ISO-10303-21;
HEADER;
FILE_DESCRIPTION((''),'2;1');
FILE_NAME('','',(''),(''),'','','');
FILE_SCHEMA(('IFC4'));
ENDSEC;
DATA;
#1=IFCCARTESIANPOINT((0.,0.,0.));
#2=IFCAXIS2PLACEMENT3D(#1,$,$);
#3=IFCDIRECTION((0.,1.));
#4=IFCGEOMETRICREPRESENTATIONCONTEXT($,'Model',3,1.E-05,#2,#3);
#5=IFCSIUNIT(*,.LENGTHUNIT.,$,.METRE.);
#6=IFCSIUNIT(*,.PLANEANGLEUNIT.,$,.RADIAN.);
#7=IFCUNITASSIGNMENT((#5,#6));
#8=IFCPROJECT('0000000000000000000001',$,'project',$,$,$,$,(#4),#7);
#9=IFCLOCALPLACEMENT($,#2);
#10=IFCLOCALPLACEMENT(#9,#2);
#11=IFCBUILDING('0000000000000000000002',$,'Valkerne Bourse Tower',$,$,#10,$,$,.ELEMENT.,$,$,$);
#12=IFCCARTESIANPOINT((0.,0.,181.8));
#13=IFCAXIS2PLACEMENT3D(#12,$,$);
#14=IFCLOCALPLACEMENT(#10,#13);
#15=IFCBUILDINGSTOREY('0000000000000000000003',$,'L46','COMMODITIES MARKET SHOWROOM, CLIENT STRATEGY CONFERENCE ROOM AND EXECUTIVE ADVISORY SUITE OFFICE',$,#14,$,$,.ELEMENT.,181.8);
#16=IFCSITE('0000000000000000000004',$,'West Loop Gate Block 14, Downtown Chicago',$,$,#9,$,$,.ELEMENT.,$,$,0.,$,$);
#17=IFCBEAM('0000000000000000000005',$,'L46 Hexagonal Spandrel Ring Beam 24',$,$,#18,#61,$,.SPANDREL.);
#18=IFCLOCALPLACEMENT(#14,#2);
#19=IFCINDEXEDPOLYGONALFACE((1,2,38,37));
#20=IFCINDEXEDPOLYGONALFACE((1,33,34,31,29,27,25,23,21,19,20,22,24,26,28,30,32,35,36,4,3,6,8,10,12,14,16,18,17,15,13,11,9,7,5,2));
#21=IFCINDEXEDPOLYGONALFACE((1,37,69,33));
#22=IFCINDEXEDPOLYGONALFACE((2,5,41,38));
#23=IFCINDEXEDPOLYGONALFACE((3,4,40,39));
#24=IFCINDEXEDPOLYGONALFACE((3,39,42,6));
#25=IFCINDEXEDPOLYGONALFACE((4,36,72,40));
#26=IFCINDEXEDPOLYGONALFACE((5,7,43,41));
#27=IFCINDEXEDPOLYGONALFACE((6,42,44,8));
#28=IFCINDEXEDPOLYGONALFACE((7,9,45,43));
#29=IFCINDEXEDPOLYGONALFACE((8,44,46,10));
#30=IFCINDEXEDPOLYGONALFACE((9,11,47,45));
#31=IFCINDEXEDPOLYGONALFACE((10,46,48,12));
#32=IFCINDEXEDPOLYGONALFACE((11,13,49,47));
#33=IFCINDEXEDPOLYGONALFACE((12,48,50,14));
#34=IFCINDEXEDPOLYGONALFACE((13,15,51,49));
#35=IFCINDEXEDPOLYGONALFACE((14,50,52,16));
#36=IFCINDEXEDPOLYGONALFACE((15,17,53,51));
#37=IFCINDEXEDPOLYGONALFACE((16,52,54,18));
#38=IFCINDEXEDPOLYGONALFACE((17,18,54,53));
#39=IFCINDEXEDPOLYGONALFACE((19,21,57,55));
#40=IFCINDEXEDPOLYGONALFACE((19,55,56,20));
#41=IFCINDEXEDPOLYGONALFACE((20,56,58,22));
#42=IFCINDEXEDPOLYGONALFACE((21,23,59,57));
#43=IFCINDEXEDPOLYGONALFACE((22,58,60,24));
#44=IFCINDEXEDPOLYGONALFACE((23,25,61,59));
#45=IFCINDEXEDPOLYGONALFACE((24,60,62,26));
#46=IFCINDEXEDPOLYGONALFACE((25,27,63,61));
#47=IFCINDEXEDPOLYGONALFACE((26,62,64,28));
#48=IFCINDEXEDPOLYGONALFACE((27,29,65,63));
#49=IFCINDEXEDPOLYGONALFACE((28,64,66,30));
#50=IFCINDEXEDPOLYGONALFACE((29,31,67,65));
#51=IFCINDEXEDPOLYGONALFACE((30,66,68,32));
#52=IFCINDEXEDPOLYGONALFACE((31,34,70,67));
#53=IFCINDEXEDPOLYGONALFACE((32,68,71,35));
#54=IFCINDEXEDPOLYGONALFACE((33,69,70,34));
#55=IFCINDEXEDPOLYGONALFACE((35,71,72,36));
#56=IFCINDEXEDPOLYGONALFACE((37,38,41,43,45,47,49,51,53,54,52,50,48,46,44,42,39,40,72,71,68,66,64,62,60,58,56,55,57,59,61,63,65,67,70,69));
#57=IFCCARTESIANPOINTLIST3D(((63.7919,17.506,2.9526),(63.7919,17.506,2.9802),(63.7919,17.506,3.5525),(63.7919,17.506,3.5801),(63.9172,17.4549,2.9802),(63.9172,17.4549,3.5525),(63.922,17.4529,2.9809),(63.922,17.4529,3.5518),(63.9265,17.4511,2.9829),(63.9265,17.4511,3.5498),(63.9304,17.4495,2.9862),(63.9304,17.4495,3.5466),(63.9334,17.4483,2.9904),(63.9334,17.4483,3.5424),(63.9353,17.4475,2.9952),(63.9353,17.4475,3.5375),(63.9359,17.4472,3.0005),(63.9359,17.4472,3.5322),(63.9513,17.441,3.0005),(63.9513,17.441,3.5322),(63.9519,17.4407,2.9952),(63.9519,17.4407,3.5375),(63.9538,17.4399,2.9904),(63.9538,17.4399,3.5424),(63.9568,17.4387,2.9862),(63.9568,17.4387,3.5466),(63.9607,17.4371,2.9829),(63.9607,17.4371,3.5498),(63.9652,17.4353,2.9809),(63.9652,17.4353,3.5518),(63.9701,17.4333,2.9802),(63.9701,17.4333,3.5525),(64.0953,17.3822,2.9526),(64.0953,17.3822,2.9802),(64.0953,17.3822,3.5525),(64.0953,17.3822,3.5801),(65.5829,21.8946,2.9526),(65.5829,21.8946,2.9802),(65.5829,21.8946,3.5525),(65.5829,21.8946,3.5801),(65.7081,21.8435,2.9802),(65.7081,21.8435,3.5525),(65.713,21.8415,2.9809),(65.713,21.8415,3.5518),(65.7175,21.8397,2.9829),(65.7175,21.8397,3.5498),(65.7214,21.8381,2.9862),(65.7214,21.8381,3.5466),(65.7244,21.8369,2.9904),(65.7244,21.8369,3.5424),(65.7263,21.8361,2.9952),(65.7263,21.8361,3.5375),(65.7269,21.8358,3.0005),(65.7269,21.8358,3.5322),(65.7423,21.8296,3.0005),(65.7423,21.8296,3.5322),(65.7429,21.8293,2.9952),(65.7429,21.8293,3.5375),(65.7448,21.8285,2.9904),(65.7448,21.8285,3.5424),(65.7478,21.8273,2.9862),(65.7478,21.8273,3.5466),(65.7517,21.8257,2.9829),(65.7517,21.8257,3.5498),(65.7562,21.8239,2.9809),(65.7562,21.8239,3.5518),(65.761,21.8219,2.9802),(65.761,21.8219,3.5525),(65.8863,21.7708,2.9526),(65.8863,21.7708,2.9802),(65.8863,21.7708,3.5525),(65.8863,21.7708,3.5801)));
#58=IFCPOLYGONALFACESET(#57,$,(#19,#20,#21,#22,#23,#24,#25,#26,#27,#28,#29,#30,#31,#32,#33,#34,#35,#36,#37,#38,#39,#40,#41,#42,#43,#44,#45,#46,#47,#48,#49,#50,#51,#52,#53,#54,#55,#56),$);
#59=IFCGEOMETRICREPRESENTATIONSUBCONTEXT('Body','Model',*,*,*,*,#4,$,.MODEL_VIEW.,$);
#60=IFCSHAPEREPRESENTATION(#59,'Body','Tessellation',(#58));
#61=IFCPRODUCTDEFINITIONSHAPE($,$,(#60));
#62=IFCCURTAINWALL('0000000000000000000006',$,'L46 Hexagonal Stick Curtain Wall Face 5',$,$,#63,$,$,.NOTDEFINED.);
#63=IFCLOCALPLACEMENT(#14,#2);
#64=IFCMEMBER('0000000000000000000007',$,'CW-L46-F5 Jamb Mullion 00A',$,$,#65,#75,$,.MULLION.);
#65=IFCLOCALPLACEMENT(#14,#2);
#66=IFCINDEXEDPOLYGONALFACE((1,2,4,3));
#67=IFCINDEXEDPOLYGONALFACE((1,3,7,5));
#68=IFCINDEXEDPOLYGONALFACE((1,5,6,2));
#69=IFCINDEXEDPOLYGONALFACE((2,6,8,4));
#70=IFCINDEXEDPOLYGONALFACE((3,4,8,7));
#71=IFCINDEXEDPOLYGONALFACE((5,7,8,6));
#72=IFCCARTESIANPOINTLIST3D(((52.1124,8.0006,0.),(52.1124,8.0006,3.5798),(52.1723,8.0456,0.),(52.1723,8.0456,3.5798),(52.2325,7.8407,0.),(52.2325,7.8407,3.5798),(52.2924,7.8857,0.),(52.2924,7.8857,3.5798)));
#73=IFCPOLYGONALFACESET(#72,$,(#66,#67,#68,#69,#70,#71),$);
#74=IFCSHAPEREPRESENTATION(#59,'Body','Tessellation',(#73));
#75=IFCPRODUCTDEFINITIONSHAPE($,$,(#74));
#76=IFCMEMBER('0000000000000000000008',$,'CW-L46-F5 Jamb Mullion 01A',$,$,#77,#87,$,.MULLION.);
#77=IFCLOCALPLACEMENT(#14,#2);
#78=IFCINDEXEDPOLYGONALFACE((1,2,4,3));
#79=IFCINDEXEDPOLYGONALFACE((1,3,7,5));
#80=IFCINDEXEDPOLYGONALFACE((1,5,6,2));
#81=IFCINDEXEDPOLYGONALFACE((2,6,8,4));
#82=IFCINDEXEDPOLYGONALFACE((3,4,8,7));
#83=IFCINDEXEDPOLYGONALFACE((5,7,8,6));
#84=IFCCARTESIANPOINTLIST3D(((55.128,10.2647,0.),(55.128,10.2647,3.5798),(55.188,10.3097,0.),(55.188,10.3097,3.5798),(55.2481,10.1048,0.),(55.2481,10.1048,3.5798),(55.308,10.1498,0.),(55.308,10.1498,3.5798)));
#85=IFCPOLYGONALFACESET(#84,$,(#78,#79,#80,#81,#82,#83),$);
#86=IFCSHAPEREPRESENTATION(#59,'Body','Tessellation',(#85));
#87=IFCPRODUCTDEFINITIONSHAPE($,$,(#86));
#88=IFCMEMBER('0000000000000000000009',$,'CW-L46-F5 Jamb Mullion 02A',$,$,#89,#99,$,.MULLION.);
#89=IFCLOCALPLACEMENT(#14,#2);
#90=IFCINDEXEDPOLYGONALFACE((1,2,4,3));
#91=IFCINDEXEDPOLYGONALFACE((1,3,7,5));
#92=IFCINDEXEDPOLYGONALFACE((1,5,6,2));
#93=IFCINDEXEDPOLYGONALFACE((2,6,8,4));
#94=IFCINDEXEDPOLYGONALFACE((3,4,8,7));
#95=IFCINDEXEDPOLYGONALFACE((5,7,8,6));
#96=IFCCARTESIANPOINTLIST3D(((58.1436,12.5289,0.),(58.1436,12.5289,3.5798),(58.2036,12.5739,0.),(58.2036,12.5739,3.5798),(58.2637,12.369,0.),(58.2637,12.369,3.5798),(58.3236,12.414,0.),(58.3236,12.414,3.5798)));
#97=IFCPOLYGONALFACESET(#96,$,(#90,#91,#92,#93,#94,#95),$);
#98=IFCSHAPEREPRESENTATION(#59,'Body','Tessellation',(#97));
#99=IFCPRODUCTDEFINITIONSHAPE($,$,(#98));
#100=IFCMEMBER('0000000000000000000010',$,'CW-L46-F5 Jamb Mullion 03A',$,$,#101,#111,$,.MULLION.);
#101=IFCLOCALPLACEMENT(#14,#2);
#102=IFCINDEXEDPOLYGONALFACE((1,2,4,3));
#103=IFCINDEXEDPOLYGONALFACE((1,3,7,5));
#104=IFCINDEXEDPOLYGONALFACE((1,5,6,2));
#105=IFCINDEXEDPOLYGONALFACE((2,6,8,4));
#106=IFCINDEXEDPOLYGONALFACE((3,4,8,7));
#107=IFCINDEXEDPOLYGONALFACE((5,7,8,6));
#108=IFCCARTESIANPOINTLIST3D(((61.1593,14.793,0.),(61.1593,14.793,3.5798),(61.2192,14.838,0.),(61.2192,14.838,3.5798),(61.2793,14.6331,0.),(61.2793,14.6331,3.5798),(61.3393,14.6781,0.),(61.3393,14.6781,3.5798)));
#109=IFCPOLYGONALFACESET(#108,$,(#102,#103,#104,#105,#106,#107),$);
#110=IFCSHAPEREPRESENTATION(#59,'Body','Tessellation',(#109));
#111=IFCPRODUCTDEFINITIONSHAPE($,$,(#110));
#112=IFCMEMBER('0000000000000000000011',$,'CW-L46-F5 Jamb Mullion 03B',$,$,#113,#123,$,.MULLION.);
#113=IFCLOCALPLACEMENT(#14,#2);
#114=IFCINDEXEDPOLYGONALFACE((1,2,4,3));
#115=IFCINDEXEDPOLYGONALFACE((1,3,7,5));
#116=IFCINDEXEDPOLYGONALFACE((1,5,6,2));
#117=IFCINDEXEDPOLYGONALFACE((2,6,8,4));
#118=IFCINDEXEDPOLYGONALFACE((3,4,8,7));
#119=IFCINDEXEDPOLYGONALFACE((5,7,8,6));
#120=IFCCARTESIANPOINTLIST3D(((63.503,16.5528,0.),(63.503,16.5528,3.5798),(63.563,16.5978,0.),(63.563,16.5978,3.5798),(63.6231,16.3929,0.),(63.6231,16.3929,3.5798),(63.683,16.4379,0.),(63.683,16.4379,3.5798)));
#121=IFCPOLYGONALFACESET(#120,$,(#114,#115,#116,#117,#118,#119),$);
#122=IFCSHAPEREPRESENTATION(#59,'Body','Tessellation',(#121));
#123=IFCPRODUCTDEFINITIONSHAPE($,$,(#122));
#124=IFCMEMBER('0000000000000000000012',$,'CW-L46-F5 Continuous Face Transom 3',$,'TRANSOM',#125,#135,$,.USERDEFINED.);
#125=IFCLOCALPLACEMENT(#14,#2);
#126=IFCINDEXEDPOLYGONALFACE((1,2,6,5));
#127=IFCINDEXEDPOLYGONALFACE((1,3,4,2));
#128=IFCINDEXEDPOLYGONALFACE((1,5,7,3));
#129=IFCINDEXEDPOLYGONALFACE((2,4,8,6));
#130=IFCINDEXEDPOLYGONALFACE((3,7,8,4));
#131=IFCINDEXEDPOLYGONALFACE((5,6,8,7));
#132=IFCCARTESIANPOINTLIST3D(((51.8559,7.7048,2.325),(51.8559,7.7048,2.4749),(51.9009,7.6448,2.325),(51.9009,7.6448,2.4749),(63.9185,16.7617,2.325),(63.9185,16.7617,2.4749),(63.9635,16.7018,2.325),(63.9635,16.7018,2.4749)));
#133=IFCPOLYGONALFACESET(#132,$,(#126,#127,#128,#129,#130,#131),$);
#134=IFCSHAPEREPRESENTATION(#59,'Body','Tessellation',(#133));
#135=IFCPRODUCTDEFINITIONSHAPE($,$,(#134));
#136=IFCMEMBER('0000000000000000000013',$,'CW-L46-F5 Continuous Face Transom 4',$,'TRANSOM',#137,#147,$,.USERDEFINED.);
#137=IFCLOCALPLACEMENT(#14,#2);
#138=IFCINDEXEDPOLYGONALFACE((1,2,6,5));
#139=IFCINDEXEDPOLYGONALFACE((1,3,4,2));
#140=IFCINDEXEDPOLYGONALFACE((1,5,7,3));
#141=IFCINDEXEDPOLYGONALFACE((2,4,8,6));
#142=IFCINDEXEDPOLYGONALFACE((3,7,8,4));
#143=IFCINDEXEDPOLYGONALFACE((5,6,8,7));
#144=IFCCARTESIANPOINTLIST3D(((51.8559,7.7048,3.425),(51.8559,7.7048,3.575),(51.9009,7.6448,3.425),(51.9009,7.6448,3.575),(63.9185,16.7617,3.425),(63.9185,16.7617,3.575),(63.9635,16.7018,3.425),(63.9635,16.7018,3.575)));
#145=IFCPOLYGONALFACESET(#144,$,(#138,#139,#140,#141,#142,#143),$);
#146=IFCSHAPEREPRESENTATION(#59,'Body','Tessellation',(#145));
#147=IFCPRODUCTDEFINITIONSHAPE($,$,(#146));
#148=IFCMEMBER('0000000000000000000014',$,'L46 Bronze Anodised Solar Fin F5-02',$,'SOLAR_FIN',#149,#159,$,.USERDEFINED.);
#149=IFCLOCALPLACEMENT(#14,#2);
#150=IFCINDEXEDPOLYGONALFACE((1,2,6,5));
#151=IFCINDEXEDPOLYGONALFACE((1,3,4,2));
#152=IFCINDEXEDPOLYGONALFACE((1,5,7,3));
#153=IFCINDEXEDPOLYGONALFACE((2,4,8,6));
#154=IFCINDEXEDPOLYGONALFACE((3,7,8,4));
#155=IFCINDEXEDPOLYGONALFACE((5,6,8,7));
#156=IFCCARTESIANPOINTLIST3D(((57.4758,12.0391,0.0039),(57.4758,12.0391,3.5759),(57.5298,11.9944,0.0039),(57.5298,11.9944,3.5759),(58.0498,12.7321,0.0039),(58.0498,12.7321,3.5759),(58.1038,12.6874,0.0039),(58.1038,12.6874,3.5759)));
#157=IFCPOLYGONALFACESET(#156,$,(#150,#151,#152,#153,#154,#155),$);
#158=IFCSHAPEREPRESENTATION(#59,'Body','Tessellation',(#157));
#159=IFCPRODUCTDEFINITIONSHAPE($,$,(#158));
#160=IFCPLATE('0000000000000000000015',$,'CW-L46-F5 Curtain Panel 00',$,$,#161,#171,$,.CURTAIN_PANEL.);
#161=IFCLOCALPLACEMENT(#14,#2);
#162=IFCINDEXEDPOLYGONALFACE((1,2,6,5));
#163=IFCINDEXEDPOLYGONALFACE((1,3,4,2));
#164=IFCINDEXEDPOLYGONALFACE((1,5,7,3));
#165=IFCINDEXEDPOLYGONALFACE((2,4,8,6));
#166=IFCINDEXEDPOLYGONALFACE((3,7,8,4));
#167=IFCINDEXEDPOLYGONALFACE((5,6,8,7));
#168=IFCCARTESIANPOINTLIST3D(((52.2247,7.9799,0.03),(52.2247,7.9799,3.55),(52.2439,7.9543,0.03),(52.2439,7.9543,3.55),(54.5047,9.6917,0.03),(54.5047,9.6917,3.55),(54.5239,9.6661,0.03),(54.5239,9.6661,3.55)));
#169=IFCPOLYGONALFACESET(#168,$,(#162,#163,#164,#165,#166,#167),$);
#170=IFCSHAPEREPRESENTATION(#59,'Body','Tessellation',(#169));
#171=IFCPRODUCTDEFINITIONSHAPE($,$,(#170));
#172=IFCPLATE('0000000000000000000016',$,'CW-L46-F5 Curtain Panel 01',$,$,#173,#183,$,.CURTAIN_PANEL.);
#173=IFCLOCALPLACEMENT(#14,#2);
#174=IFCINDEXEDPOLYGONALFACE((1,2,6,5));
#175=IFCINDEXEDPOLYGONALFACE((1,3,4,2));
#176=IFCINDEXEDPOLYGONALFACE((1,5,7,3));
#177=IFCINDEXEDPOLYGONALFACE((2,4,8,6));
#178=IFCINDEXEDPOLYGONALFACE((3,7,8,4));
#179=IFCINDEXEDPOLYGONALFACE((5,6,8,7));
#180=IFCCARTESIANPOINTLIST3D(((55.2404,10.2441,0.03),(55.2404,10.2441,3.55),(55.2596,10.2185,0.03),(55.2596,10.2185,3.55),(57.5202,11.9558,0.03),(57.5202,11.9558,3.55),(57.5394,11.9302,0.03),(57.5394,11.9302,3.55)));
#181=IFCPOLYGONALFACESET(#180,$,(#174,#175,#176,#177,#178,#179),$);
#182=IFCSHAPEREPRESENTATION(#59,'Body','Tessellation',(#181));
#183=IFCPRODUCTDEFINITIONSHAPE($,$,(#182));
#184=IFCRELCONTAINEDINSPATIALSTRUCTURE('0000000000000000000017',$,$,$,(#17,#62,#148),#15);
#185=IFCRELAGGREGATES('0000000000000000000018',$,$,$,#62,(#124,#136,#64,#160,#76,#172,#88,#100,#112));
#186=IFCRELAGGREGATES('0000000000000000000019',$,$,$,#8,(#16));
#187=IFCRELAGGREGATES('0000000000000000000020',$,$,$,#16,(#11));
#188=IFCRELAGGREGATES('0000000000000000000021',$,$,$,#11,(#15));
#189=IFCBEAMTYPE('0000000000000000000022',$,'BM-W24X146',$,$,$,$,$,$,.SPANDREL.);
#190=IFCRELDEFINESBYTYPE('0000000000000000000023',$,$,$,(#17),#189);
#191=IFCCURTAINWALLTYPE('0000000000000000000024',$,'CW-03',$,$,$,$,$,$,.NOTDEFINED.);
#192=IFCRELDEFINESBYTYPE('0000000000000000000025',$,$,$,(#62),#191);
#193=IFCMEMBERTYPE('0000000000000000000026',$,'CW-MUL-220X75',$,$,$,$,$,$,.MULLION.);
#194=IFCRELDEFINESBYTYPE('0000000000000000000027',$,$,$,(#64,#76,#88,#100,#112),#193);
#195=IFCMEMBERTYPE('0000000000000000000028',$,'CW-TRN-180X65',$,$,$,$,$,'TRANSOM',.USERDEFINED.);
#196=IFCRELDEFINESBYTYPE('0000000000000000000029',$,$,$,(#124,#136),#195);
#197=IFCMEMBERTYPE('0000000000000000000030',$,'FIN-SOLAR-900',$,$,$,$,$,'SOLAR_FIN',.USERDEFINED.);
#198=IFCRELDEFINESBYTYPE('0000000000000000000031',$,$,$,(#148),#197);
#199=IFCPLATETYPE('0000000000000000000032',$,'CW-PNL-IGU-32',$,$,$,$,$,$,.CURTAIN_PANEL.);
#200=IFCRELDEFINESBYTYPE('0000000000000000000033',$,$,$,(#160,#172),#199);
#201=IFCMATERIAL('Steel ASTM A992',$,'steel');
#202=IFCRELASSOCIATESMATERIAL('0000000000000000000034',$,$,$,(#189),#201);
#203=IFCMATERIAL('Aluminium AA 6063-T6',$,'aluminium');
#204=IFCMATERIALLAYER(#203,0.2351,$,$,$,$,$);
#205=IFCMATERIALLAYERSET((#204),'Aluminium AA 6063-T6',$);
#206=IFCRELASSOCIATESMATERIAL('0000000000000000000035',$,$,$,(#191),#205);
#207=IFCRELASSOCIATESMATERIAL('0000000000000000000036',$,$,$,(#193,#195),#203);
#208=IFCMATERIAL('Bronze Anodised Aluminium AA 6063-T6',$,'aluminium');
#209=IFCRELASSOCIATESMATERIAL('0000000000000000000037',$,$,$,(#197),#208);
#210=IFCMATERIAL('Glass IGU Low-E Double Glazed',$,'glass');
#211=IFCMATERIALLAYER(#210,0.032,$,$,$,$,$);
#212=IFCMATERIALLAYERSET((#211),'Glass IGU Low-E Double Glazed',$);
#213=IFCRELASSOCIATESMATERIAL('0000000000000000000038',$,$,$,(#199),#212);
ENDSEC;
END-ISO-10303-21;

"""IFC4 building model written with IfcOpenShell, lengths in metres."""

from ifc_helpers import new_model, si_unit, direction, frame, origin, origin_2d, place, context, subcontext, project, spatial, rectangle, i_section, extrude, material, layer, layer_set, material_profile, profile_set, type_object, element, aggregate, save


model = new_model("IFC4")

# Units and contexts
model_context = context("Model", 3, precision=1e-05, world=origin(), true_north=direction((0.0, 1.0)))
body_context = subcontext(model_context, "Body", "Model", "MODEL_VIEW")
ifc_project = project(units=[si_unit("LENGTHUNIT", "METRE"), si_unit("PLANEANGLEUNIT", "RADIAN")], contexts=[model_context])

# Site, building, storey
site_placement = place(None, origin())
site = spatial("IfcSite", under=ifc_project, at=site_placement, Name="West Loop Gate Block 14, Downtown Chicago", CompositionType="ELEMENT", RefElevation=0.0)
building_placement = place(site_placement, origin())
building = spatial("IfcBuilding", under=site, at=building_placement, Name="Valkerne Bourse Tower", CompositionType="ELEMENT")
storey_placement = place(building_placement, frame((0.0, 0.0, 181.8)))
storey = spatial("IfcBuildingStorey", under=building, at=storey_placement, Name="L46", Description="COMMODITIES MARKET SHOWROOM, CLIENT STRATEGY CONFERENCE ROOM AND EXECUTIVE ADVISORY SUITE OFFICE", CompositionType="ELEMENT", Elevation=181.8)

# Beam
ifc_material_1 = material(Name="Steel ASTM A992", Category="steel")
ifc_material_profile_1 = material_profile(ifc_material_1, i_section(OverallWidth=0.3276, OverallDepth=0.6274, WebThickness=0.0166, FlangeThickness=0.0276, FilletRadius=0.0203, at=origin_2d()), Name="W24X146")
ifc_profile_set_1 = profile_set([ifc_material_profile_1], Name="Steel ASTM A992")
beam_type = type_object("IfcBeamType", Name="BM-W24X146", PredefinedType="SPANDREL", material=ifc_profile_set_1)
beam_1_placement = place(storey_placement, frame((63.9436, 17.4441, 3.2664), z_axis=(0.377847, 0.925868, 0.0), x_axis=(-0.925868, 0.377847, 0.0)))
element("IfcBeam", 1, at=beam_1_placement, inside=storey, type_object=beam_type, Name="L46 Hexagonal Spandrel Ring Beam 24", PredefinedType="SPANDREL", context=body_context, shape_type="SweptSolid", body=[
    extrude(i_section(OverallWidth=0.3276, OverallDepth=0.6274, WebThickness=0.0166, FlangeThickness=0.0276, FilletRadius=0.0203, at=origin_2d()), origin(), (0.0, 0.0, 1.0), 4.74),
])

# Curtain wall, members
ifc_material_2 = material(Name="Aluminium AA 6063-T6", Category="aluminium")
ifc_layer_1 = layer(ifc_material_2, 0.2351)
ifc_layer_set_1 = layer_set([ifc_layer_1], Name="Aluminium AA 6063-T6")
curtain_wall_type = type_object("IfcCurtainWallType", Name="CW-03", PredefinedType="NOTDEFINED", material=ifc_layer_set_1)
curtain_wall_placement = place(storey_placement, origin())
curtain_wall = element("IfcCurtainWall", 2, at=curtain_wall_placement, inside=storey, type_object=curtain_wall_type, Name="L46 Hexagonal Stick Curtain Wall Face 5", PredefinedType="NOTDEFINED")
ifc_material_profile_2 = material_profile(ifc_material_2, rectangle(XDim=0.075, YDim=0.2, at=origin_2d()), Name="CWM-75X200")
ifc_profile_set_2 = profile_set([ifc_material_profile_2], Name="Aluminium AA 6063-T6")
member_type_1 = type_object("IfcMemberType", Name="CW-MUL-220X75", PredefinedType="MULLION", material=ifc_profile_set_2)
member_1_placement = place(storey_placement, frame((52.2024, 7.9431, 0.0), z_axis=(0.0, 0.0, 1.0), x_axis=(0.799691, 0.600411, 0.0)))
member_1 = element("IfcMember", 3, at=member_1_placement, type_object=member_type_1, Name="CW-L46-F5 Jamb Mullion 00A", PredefinedType="MULLION", context=body_context, shape_type="SweptSolid", body=[
    extrude(rectangle(XDim=0.075, YDim=0.2, at=origin_2d()), origin(), (0.0, 0.0, 1.0), 3.5798),
])
member_2_placement = place(storey_placement, frame((55.218, 10.2073, 0.0), z_axis=(0.0, 0.0, 1.0), x_axis=(0.799694, 0.600407, 0.0)))
member_2 = element("IfcMember", 4, at=member_2_placement, type_object=member_type_1, Name="CW-L46-F5 Jamb Mullion 01A", PredefinedType="MULLION", context=body_context, shape_type="SweptSolid", body=[
    extrude(rectangle(XDim=0.075, YDim=0.2, at=origin_2d()), origin(), (0.0, 0.0, 1.0), 3.5798),
])
member_3_placement = place(storey_placement, frame((58.2336, 12.4714, 0.0), z_axis=(0.0, 0.0, 1.0), x_axis=(0.799682, 0.600424, 0.0)))
member_3 = element("IfcMember", 5, at=member_3_placement, type_object=member_type_1, Name="CW-L46-F5 Jamb Mullion 02A", PredefinedType="MULLION", context=body_context, shape_type="SweptSolid", body=[
    extrude(rectangle(XDim=0.075, YDim=0.2, at=origin_2d()), origin(), (0.0, 0.0, 1.0), 3.5798),
])
member_4_placement = place(storey_placement, frame((61.2493, 14.7356, 0.0), z_axis=(0.0, 0.0, 1.0), x_axis=(0.799682, 0.600424, 0.0)))
member_4 = element("IfcMember", 6, at=member_4_placement, type_object=member_type_1, Name="CW-L46-F5 Jamb Mullion 03A", PredefinedType="MULLION", context=body_context, shape_type="SweptSolid", body=[
    extrude(rectangle(XDim=0.075, YDim=0.2, at=origin_2d()), origin(), (0.0, 0.0, 1.0), 3.5798),
])
member_5_placement = place(storey_placement, frame((63.593, 16.4954, 0.0), z_axis=(0.0, 0.0, 1.0), x_axis=(0.799682, 0.600424, 0.0)))
member_5 = element("IfcMember", 7, at=member_5_placement, type_object=member_type_1, Name="CW-L46-F5 Jamb Mullion 03B", PredefinedType="MULLION", context=body_context, shape_type="SweptSolid", body=[
    extrude(rectangle(XDim=0.075, YDim=0.2, at=origin_2d()), origin(), (0.0, 0.0, 1.0), 3.5798),
])
ifc_material_profile_3 = material_profile(ifc_material_2, rectangle(XDim=0.075, YDim=0.1499, at=origin_2d()), Name="CWT-75X150")
ifc_profile_set_3 = profile_set([ifc_material_profile_3], Name="Aluminium AA 6063-T6")
member_type_2 = type_object("IfcMemberType", Name="CW-TRN-180X65", ElementType="TRANSOM", PredefinedType="USERDEFINED", material=ifc_profile_set_3)
member_6_placement = place(storey_placement, frame((51.8784, 7.6748, 2.3999), z_axis=(0.799681, 0.600425, 0.0), x_axis=(-0.600425, 0.799681, 0.0)))
member_6 = element("IfcMember", 8, at=member_6_placement, type_object=member_type_2, Name="CW-L46-F5 Continuous Face Transom 3", ObjectType="TRANSOM", PredefinedType="USERDEFINED", context=body_context, shape_type="SweptSolid", body=[
    extrude(rectangle(XDim=0.075, YDim=0.1499, at=origin_2d()), origin(), (0.0, 0.0, 1.0), 15.0842),
])
member_7_placement = place(storey_placement, frame((51.8784, 7.6748, 3.5), z_axis=(0.799681, 0.600425, 0.0), x_axis=(-0.600425, 0.799681, 0.0)))
member_7 = element("IfcMember", 9, at=member_7_placement, type_object=member_type_2, Name="CW-L46-F5 Continuous Face Transom 4", ObjectType="TRANSOM", PredefinedType="USERDEFINED", context=body_context, shape_type="SweptSolid", body=[
    extrude(rectangle(XDim=0.075, YDim=0.1499, at=origin_2d()), origin(), (0.0, 0.0, 1.0), 15.0842),
])

# Member
ifc_material_3 = material(Name="Bronze Anodised Aluminium AA 6063-T6", Category="aluminium")
ifc_material_profile_4 = material_profile(ifc_material_3, rectangle(XDim=0.0701, YDim=0.8999, at=origin_2d()), Name="FIN-70X900")
ifc_profile_set_4 = profile_set([ifc_material_profile_4], Name="Bronze Anodised Aluminium AA 6063-T6")
member_type_3 = type_object("IfcMemberType", Name="FIN-SOLAR-900", ElementType="SOLAR_FIN", PredefinedType="USERDEFINED", material=ifc_profile_set_4)
member_8_placement = place(storey_placement, frame((57.7898, 12.3633, 0.0039), z_axis=(0.0, 0.0, 1.0), x_axis=(0.77012, -0.637899, 0.0)))
element("IfcMember", 10, at=member_8_placement, inside=storey, type_object=member_type_3, Name="L46 Bronze Anodised Solar Fin F5-02", ObjectType="SOLAR_FIN", PredefinedType="USERDEFINED", context=body_context, shape_type="SweptSolid", body=[
    extrude(rectangle(XDim=0.0701, YDim=0.8999, at=origin_2d()), origin(), (0.0, 0.0, 1.0), 3.572),
])

# Plates
ifc_material_4 = material(Name="Glass IGU Low-E Double Glazed", Category="glass")
ifc_layer_2 = layer(ifc_material_4, 0.032)
ifc_layer_set_2 = layer_set([ifc_layer_2], Name="Glass IGU Low-E Double Glazed")
plate_type = type_object("IfcPlateType", Name="CW-PNL-IGU-32", PredefinedType="CURTAIN_PANEL", material=ifc_layer_set_2)
plate_1_placement = place(storey_placement, frame((53.3743, 8.823, 0.03), z_axis=(0.0, 0.0, 1.0), x_axis=(0.799691, 0.600411, 0.0)))
plate_1 = element("IfcPlate", 11, at=plate_1_placement, type_object=plate_type, Name="CW-L46-F5 Curtain Panel 00", PredefinedType="CURTAIN_PANEL", context=body_context, shape_type="SweptSolid", body=[
    extrude(rectangle(XDim=2.8511, YDim=0.032, at=origin_2d()), origin(), (0.0, 0.0, 1.0), 3.52),
])
plate_2_placement = place(storey_placement, frame((56.3899, 11.0872, 0.03), z_axis=(0.0, 0.0, 1.0), x_axis=(0.799694, 0.600407, 0.0)))
plate_2 = element("IfcPlate", 12, at=plate_2_placement, type_object=plate_type, Name="CW-L46-F5 Curtain Panel 01", PredefinedType="CURTAIN_PANEL", context=body_context, shape_type="SweptSolid", body=[
    extrude(rectangle(XDim=2.8508, YDim=0.032, at=origin_2d()), origin(), (0.0, 0.0, 1.0), 3.52),
])
aggregate(curtain_wall, [member_6, member_7, member_1, plate_1, member_2, plate_2, member_3, member_4, member_5])

save(model, "model.ifc")
